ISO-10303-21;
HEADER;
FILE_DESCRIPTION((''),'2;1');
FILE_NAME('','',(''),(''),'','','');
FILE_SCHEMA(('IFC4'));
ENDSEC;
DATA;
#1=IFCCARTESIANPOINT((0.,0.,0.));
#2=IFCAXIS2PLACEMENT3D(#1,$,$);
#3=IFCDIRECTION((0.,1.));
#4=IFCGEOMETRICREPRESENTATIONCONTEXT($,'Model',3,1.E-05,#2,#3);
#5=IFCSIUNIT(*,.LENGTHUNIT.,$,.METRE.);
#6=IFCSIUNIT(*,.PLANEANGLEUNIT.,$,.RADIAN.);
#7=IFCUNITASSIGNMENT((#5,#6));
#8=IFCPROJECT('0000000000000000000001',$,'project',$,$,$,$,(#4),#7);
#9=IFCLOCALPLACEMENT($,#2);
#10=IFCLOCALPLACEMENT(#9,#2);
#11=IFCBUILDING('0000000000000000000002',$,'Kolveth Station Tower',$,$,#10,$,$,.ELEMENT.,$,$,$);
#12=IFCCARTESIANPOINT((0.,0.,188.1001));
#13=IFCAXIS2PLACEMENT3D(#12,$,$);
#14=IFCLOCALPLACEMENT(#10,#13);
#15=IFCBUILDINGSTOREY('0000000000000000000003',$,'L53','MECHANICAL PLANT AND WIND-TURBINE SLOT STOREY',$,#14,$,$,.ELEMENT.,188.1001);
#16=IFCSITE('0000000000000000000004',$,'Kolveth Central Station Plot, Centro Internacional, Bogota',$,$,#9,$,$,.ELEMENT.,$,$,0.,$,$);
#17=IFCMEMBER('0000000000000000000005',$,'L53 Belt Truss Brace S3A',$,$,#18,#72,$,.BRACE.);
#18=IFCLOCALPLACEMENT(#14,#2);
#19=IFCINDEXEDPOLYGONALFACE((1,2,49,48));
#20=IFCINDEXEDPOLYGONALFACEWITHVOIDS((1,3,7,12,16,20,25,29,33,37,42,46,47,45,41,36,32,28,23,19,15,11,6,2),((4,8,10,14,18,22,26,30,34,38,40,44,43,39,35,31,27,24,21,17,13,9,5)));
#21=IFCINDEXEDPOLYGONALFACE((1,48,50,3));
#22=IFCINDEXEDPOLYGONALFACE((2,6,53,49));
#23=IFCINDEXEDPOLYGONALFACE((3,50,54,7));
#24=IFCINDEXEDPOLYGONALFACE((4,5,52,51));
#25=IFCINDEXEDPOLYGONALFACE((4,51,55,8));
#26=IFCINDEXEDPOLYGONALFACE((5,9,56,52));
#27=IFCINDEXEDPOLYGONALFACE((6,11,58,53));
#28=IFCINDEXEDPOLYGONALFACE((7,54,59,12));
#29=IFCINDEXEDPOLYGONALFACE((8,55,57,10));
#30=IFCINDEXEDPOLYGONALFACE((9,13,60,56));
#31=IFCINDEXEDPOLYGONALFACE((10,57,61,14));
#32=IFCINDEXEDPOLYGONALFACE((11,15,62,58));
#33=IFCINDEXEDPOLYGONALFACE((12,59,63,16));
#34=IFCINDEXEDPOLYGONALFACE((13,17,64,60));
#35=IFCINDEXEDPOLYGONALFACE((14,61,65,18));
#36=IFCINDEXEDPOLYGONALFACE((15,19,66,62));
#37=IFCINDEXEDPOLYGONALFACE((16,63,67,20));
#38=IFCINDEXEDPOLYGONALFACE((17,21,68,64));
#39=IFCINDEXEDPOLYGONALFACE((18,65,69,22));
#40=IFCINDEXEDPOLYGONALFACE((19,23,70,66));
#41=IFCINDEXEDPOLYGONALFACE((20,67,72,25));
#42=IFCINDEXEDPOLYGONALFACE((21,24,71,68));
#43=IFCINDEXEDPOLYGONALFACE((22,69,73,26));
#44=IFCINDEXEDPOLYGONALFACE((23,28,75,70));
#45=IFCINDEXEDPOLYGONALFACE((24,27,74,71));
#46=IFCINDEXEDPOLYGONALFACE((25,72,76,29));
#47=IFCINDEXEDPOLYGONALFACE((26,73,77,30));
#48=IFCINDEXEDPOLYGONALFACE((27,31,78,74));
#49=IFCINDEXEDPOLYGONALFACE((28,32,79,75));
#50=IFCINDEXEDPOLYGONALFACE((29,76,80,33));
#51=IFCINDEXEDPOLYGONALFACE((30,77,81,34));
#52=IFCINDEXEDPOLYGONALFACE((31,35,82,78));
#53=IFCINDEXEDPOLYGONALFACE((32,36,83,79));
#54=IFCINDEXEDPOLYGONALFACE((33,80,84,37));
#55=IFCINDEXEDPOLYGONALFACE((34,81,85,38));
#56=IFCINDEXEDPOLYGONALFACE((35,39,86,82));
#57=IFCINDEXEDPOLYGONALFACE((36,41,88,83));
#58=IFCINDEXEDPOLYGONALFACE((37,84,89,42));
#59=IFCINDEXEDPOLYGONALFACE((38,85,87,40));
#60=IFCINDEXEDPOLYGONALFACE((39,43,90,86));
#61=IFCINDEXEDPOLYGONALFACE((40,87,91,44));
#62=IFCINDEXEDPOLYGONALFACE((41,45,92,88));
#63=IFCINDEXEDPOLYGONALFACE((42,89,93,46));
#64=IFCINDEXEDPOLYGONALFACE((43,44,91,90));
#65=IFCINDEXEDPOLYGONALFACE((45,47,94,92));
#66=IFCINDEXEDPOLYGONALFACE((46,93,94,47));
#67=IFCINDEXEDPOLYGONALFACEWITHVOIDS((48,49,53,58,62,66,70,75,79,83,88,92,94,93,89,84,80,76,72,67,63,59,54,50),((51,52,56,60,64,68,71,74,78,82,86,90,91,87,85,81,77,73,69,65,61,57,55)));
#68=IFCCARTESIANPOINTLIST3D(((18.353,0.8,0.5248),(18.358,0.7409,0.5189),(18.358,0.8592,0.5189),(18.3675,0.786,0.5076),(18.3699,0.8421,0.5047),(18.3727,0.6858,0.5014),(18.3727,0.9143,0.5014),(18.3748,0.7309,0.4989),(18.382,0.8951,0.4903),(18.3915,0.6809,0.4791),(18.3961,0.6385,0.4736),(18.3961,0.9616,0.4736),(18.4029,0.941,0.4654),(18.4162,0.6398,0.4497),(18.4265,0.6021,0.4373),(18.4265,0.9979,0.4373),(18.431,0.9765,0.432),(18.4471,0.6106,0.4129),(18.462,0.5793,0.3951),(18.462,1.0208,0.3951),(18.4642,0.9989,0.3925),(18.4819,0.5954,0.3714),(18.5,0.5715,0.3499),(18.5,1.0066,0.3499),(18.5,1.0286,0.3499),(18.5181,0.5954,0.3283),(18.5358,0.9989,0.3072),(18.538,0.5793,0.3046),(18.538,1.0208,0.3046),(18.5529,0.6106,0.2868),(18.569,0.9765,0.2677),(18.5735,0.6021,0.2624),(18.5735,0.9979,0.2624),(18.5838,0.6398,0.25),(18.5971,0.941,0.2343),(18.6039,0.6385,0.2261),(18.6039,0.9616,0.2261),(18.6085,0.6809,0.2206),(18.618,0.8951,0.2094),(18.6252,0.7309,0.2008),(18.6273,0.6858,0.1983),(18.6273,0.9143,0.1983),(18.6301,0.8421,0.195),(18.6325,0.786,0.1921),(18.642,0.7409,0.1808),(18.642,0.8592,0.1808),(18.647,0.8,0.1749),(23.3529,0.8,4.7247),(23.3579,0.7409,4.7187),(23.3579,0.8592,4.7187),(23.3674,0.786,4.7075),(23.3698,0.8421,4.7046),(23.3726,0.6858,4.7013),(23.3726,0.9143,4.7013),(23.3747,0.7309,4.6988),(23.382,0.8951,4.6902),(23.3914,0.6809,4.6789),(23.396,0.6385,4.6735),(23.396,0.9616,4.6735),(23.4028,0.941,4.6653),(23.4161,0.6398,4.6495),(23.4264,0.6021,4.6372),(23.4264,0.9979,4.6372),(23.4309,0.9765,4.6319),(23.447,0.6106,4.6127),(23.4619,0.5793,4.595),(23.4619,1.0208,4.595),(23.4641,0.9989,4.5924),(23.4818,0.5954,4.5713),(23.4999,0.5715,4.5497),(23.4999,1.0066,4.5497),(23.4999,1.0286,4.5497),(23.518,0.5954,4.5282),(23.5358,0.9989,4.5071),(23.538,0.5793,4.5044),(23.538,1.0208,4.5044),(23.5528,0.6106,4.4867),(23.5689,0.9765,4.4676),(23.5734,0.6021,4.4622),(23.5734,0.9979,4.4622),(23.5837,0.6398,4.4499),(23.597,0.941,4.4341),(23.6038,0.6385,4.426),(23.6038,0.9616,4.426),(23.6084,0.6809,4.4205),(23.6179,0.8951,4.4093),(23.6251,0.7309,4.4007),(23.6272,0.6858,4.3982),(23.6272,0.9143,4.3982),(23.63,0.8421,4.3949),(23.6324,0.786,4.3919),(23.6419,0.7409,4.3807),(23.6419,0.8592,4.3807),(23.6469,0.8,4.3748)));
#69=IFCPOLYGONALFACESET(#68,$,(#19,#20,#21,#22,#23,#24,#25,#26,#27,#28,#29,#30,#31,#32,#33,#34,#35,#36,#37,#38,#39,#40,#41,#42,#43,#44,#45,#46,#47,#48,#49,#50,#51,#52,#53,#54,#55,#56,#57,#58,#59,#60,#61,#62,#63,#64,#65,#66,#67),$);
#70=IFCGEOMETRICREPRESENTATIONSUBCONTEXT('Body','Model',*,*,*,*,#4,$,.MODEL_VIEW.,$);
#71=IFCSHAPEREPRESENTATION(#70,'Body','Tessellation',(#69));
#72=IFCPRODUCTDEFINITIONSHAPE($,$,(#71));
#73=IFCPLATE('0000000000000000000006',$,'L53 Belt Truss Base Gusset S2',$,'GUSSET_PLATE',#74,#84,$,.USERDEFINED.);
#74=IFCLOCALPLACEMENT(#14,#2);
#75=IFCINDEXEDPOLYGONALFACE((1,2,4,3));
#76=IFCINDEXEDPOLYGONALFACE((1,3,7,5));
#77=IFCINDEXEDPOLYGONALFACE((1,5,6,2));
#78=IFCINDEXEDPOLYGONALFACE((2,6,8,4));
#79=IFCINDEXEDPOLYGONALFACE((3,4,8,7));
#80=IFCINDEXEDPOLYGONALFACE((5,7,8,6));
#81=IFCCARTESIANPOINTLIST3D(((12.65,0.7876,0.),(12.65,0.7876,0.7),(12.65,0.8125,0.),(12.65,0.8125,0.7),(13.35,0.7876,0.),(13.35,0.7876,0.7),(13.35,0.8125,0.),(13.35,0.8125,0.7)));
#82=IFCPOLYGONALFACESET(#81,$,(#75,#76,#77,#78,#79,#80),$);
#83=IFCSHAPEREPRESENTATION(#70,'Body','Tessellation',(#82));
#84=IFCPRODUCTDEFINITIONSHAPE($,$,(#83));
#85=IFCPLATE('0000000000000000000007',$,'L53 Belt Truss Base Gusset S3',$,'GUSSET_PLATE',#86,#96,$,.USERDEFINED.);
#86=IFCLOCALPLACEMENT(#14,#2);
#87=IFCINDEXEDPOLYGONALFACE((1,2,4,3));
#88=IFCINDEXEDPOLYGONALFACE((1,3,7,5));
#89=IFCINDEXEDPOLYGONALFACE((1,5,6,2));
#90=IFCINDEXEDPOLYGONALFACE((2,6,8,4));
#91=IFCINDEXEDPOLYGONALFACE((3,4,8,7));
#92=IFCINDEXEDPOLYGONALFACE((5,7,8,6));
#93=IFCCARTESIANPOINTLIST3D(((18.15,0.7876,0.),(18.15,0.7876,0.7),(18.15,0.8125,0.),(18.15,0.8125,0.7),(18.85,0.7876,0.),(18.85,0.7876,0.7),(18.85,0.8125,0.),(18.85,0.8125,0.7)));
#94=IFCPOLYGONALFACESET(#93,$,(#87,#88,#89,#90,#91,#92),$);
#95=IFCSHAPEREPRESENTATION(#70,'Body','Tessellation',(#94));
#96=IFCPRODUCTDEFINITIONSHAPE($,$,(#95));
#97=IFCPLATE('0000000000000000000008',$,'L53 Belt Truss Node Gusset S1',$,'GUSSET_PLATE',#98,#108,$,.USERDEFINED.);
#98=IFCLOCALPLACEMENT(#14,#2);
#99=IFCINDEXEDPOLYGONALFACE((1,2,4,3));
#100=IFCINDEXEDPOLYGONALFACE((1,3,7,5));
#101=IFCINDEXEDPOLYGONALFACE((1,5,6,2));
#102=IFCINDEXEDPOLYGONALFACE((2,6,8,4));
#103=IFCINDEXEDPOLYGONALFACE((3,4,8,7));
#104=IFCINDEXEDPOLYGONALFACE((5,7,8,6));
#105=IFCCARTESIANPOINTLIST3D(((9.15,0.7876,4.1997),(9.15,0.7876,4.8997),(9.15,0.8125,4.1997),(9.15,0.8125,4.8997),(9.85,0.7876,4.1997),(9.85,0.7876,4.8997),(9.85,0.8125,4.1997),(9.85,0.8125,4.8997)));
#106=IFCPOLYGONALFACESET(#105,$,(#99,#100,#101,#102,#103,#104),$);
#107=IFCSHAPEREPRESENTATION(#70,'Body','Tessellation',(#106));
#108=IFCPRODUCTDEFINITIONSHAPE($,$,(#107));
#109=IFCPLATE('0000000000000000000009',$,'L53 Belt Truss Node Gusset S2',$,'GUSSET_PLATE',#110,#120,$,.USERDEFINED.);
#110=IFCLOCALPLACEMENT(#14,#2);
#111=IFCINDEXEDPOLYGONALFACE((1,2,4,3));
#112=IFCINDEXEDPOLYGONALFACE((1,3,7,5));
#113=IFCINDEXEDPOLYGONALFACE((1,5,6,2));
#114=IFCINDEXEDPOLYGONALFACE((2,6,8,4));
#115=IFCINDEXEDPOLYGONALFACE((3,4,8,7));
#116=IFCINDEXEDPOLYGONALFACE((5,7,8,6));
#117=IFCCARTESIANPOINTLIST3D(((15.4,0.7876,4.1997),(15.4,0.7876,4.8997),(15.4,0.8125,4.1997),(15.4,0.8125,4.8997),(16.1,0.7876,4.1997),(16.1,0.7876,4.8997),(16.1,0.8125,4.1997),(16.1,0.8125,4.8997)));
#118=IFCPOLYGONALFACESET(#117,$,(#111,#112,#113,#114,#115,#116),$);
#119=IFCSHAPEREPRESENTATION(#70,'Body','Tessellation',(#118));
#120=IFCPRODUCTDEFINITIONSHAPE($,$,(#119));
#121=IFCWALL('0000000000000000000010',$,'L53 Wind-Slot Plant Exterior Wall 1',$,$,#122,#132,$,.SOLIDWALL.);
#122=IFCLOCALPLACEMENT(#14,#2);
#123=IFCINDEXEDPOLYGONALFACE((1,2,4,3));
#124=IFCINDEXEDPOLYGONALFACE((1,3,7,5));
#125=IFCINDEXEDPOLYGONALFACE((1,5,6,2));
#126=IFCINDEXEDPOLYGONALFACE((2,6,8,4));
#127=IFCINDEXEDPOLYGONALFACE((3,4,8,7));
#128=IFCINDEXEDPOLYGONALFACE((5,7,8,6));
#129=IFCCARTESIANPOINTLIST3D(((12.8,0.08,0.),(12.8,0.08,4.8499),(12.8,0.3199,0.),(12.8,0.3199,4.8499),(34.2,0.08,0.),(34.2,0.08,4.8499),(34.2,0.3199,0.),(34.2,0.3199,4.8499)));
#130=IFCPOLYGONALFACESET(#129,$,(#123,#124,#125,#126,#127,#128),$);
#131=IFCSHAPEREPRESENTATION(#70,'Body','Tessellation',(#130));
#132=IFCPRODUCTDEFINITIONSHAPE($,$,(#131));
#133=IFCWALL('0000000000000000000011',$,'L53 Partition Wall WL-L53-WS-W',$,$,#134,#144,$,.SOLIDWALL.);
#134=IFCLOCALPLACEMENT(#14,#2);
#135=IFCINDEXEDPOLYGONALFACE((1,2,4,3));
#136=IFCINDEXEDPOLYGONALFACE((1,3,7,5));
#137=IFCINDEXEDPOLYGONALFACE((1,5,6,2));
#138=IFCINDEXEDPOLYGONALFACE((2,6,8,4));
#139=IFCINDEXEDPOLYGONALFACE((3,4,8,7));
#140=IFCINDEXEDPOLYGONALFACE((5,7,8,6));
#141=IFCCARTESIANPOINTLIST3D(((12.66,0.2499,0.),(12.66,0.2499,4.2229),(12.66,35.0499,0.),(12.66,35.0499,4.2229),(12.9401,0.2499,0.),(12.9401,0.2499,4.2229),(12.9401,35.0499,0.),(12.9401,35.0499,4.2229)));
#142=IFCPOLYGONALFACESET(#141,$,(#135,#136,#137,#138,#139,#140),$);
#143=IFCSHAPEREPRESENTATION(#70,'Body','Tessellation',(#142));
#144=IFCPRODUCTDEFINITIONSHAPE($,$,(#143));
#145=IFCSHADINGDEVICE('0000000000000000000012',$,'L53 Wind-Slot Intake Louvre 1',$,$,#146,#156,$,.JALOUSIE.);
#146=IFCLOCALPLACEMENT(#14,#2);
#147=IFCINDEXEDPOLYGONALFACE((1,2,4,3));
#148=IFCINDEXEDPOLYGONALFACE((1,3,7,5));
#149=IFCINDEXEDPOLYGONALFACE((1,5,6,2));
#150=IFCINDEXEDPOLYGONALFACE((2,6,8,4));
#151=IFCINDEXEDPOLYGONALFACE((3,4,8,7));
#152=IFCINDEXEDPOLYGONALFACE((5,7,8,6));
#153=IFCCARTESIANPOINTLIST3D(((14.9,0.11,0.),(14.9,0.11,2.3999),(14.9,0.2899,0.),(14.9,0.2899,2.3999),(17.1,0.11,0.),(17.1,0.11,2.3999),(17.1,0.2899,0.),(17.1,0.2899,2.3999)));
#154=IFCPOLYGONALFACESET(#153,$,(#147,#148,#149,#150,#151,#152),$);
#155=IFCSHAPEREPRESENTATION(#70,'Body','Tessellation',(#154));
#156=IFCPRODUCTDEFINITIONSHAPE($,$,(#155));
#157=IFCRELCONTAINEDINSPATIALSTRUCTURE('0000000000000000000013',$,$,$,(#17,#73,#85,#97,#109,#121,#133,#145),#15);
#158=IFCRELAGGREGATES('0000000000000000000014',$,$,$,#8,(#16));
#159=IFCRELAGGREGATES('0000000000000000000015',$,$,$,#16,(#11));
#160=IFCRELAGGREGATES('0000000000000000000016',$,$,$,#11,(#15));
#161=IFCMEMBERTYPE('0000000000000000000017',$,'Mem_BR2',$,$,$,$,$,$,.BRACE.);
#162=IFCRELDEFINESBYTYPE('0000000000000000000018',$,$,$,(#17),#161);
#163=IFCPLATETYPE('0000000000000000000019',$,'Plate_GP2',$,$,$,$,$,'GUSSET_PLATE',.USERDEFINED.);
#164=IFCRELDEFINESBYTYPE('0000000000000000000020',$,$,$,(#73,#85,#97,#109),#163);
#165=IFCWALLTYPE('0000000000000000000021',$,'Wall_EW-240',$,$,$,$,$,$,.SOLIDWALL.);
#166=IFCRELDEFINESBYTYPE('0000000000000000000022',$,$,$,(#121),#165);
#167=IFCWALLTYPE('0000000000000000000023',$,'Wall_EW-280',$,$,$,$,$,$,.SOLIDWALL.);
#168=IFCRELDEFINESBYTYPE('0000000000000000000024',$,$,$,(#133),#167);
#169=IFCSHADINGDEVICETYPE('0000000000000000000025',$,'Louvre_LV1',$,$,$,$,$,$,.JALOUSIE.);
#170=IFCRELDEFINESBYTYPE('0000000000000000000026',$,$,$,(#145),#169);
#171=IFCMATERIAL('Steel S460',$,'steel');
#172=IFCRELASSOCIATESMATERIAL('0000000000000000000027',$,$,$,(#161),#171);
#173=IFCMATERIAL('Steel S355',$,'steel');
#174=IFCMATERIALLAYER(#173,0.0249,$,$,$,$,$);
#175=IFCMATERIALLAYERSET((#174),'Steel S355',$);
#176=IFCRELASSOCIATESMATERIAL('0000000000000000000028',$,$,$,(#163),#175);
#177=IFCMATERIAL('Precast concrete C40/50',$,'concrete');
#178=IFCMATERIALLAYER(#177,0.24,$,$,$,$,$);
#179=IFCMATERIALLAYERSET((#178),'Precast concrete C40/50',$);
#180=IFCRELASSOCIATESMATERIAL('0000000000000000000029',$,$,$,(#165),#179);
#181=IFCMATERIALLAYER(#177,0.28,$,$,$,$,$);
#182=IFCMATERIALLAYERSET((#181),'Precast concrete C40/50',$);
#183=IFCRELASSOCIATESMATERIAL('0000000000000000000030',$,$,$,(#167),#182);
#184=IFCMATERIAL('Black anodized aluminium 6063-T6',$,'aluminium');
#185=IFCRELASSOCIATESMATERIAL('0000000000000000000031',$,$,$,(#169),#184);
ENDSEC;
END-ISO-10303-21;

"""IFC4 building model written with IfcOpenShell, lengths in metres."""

from ifc_helpers import new_model, si_unit, direction, frame, frame_2d, origin, origin_2d, place, context, subcontext, project, spatial, rectangle, hollow_circle, extrude, source, transform, mapped, material, layer, layer_set, material_profile, profile_set, type_object, element, save


model = new_model("IFC4")

# Units and contexts
model_context = context("Model", 3, precision=1e-05, world=origin(), true_north=direction((0.0, 1.0)))
body_context = subcontext(model_context, "Body", "Model", "MODEL_VIEW")
ifc_project = project(units=[si_unit("LENGTHUNIT", "METRE"), si_unit("PLANEANGLEUNIT", "RADIAN")], contexts=[model_context])

# Site, building, storey
site_placement = place(None, origin())
site = spatial("IfcSite", under=ifc_project, at=site_placement, Name="Kolveth Central Station Plot, Centro Internacional, Bogota", CompositionType="ELEMENT", RefElevation=0.0)
building_placement = place(site_placement, origin())
building = spatial("IfcBuilding", under=site, at=building_placement, Name="Kolveth Station Tower", CompositionType="ELEMENT")
storey_placement = place(building_placement, frame((0.0, 0.0, 188.1001)))
storey = spatial("IfcBuildingStorey", under=building, at=storey_placement, Name="L53", Description="MECHANICAL PLANT AND WIND-TURBINE SLOT STOREY", CompositionType="ELEMENT", Elevation=188.1001)

# Shared definitions
ifc_material_1 = material(Name="Steel S355", Category="steel")

# Member
ifc_material_2 = material(Name="Steel S460", Category="steel")
ifc_material_profile_1 = material_profile(ifc_material_2, hollow_circle(Radius=0.2285, WallThickness=0.022, at=origin_2d()), Name="CHS457x22")
ifc_profile_set_1 = profile_set([ifc_material_profile_1], Name="Steel S460")
member_type_1 = type_object("IfcMemberType", Name="Mem_BR2", PredefinedType="BRACE", material=ifc_profile_set_1)
shared_shape_1 = source(origin(), body_context, "Body", "SweptSolid", [
    extrude(hollow_circle(Radius=0.2285, WallThickness=0.022, at=origin_2d()), origin(), (0.0, 0.0, 1.0), 6.5298),
])
member_1_placement = place(storey_placement, frame((18.5, 0.8, 0.3499), z_axis=(0.765709, 0.0, 0.643188), x_axis=(0.0, 1.0, 0.0)))
element("IfcMember", 1, at=member_1_placement, inside=storey, type_object=member_type_1, Name="L53 Belt Truss Brace S3A", PredefinedType="BRACE", context=body_context, shape_type="MappedRepresentation", body=[
    mapped(shared_shape_1, transform((0.0, 0.0, 0.0), x_axis=(1.0, 0.0, 0.0), y_axis=(0.0, 1.0, 0.0), z_axis=(0.0, 0.0, 1.0), scale=1.0)),
])

# Plates
ifc_layer_1 = layer(ifc_material_1, 0.0249)
ifc_layer_set_1 = layer_set([ifc_layer_1], Name="Steel S355")
plate_type = type_object("IfcPlateType", Name="Plate_GP2", ElementType="GUSSET_PLATE", PredefinedType="USERDEFINED", material=ifc_layer_set_1)
shared_shape_2 = source(origin(), body_context, "Body", "SweptSolid", [
    extrude(rectangle(XDim=0.7, YDim=0.0249, at=origin_2d()), origin(), (0.0, 0.0, 1.0), 0.7),
])
for number, where, z_axis, x_axis, name in (
    (2, (13.0, 0.8, 0.0), (0.0, 0.0, 1.0), (1.0, 0.0, 0.0), "L53 Belt Truss Base Gusset S2"),
    (3, (18.5, 0.8, 0.0), (0.0, 0.0, 1.0), (1.0, 0.0, 0.0), "L53 Belt Truss Base Gusset S3"),
    (4, (9.5, 0.8, 4.1997), (0.0, 0.0, 1.0), (1.0, 0.0, 0.0), "L53 Belt Truss Node Gusset S1"),
    (5, (15.75, 0.8, 4.1997), (0.0, 0.0, 1.0), (1.0, 0.0, 0.0), "L53 Belt Truss Node Gusset S2"),
):
    element("IfcPlate", number, at=place(storey_placement, frame(where, z_axis=z_axis, x_axis=x_axis)), inside=storey, type_object=plate_type, Name=name, ObjectType="GUSSET_PLATE", PredefinedType="USERDEFINED", context=body_context, shape_type="MappedRepresentation", body=[
        mapped(shared_shape_2, transform((0.0, 0.0, 0.0), x_axis=(1.0, 0.0, 0.0), y_axis=(0.0, 1.0, 0.0), z_axis=(0.0, 0.0, 1.0), scale=1.0)),
    ])

# Walls
ifc_material_3 = material(Name="Precast concrete C40/50", Category="concrete")
ifc_layer_2 = layer(ifc_material_3, 0.24)
ifc_layer_set_2 = layer_set([ifc_layer_2], Name="Precast concrete C40/50")
wall_type_1 = type_object("IfcWallType", Name="Wall_EW-240", PredefinedType="SOLIDWALL", material=ifc_layer_set_2)
wall_1_placement = place(storey_placement, frame((12.8, 0.2, 0.0), z_axis=(0.0, 0.0, 1.0), x_axis=(1.0, 0.0, 0.0)))
element("IfcWall", 6, at=wall_1_placement, inside=storey, type_object=wall_type_1, Name="L53 Wind-Slot Plant Exterior Wall 1", PredefinedType="SOLIDWALL", context=body_context, shape_type="SweptSolid", body=[
    extrude(rectangle(XDim=21.3999, YDim=0.24, at=frame_2d((10.7, 0.0))), origin(), (0.0, 0.0, 1.0), 4.8499),
])
ifc_layer_3 = layer(ifc_material_3, 0.28)
ifc_layer_set_3 = layer_set([ifc_layer_3], Name="Precast concrete C40/50")
wall_type_2 = type_object("IfcWallType", Name="Wall_EW-280", PredefinedType="SOLIDWALL", material=ifc_layer_set_3)
wall_2_placement = place(storey_placement, frame((12.8, 0.25, 0.0), z_axis=(0.0, 0.0, 1.0), x_axis=(0.0, 1.0, 0.0)))
element("IfcWall", 7, at=wall_2_placement, inside=storey, type_object=wall_type_2, Name="L53 Partition Wall WL-L53-WS-W", PredefinedType="SOLIDWALL", context=body_context, shape_type="SweptSolid", body=[
    extrude(rectangle(XDim=34.8, YDim=0.28, at=frame_2d((17.3999, 0.0))), origin(), (0.0, 0.0, 1.0), 4.2229),
])

# Shading device
ifc_material_4 = material(Name="Black anodized aluminium 6063-T6", Category="aluminium")
shading_device_type = type_object("IfcShadingDeviceType", Name="Louvre_LV1", PredefinedType="JALOUSIE", material=ifc_material_4)
shared_shape_3 = source(origin(), body_context, "Body", "SweptSolid", [
    extrude(rectangle(XDim=2.2, YDim=0.1799, at=origin_2d()), origin(), (0.0, 0.0, 1.0), 2.3999),
])
shading_device_placement = place(storey_placement, frame((16.0, 0.2, 0.0), z_axis=(0.0, 0.0, 1.0), x_axis=(1.0, 0.0, 0.0)))
element("IfcShadingDevice", 8, at=shading_device_placement, inside=storey, type_object=shading_device_type, Name="L53 Wind-Slot Intake Louvre 1", PredefinedType="JALOUSIE", context=body_context, shape_type="MappedRepresentation", body=[
    mapped(shared_shape_3, transform((0.0, 0.0, 0.0), x_axis=(1.0, 0.0, 0.0), y_axis=(0.0, 1.0, 0.0), z_axis=(0.0, 0.0, 1.0), scale=1.0)),
])

save(model, "model.ifc")
